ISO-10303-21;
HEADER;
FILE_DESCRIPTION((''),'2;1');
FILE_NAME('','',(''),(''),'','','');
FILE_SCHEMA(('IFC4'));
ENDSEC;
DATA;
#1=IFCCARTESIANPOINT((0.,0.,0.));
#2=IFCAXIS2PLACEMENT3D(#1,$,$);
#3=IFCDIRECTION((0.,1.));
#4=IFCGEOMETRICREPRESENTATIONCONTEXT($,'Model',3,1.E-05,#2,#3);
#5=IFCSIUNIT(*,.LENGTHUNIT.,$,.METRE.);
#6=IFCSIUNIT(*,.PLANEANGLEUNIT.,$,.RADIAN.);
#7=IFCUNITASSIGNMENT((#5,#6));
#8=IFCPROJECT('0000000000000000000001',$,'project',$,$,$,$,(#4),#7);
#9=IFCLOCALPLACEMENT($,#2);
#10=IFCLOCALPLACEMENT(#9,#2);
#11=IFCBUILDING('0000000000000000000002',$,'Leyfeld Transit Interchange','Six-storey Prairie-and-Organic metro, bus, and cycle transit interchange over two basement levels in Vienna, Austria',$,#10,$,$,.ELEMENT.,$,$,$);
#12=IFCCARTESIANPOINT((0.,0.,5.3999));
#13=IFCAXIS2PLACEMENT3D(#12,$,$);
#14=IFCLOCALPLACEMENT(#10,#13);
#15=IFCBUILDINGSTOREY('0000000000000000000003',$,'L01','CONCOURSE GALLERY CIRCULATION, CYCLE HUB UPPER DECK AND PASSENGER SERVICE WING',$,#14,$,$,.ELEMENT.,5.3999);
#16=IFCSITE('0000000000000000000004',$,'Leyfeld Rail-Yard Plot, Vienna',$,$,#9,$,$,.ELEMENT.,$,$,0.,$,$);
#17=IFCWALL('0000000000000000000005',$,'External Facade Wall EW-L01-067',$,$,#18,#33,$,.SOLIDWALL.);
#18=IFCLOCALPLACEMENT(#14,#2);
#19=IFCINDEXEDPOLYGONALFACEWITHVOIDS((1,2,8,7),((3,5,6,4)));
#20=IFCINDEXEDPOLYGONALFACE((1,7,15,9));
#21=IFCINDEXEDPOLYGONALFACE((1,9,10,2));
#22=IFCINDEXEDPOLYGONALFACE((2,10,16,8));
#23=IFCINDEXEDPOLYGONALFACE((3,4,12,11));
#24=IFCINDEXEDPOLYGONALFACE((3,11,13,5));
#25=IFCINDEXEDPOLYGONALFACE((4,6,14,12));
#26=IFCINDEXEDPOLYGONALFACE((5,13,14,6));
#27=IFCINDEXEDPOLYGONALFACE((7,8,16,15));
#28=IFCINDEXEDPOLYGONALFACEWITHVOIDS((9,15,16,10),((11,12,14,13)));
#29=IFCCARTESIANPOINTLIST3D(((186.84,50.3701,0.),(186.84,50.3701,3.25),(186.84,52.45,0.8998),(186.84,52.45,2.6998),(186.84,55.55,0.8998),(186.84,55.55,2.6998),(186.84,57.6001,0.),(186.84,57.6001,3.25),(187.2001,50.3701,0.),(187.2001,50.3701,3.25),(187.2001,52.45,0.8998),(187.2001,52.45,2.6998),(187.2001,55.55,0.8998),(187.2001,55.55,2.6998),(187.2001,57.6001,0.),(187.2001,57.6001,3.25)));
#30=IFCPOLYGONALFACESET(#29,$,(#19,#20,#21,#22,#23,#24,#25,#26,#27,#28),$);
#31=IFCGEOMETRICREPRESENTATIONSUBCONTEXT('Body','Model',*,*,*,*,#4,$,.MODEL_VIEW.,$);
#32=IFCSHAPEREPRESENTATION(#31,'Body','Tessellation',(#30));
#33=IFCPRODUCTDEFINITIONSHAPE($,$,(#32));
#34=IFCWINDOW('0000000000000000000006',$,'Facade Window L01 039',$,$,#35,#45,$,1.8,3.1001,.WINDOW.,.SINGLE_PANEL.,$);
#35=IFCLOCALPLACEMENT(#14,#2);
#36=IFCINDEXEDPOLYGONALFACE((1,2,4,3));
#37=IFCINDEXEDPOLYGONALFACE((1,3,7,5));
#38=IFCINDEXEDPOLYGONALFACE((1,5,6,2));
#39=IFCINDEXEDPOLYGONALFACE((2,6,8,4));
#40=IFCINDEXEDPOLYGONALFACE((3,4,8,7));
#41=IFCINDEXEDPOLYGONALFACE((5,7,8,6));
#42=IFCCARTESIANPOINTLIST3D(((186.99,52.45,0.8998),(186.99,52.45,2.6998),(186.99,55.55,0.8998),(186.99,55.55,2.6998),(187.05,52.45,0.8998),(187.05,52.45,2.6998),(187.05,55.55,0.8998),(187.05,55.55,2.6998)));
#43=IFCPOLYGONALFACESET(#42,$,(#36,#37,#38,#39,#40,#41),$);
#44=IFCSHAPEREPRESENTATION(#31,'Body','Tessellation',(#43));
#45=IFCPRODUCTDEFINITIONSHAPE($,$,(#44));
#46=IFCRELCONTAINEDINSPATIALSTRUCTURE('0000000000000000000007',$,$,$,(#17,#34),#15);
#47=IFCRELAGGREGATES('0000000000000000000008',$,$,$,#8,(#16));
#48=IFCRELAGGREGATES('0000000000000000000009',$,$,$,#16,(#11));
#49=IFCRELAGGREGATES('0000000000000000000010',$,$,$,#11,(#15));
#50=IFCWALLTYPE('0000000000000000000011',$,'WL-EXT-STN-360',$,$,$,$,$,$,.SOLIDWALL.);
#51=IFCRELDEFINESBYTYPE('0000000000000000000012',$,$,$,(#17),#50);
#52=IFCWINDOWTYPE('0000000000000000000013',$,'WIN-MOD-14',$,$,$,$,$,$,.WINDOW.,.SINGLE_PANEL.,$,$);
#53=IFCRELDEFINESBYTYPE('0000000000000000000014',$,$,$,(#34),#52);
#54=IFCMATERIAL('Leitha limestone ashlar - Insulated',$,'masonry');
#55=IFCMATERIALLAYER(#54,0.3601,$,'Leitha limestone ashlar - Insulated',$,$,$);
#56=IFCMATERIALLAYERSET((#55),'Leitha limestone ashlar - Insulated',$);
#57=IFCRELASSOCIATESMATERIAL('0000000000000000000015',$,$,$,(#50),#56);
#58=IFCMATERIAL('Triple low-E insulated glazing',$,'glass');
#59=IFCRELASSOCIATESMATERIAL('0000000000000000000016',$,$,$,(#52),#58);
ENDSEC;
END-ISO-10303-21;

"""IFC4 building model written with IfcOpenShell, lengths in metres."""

from ifc_helpers import new_model, si_unit, direction, frame, frame_2d, origin, place, context, subcontext, project, spatial, rectangle, extrude, material, layer, layer_set, type_object, element, fill, save


model = new_model("IFC4")

# Units and contexts
model_context = context("Model", 3, precision=1e-05, world=origin(), true_north=direction((0.0, 1.0)))
body_context = subcontext(model_context, "Body", "Model", "MODEL_VIEW")
ifc_project = project(units=[si_unit("LENGTHUNIT", "METRE"), si_unit("PLANEANGLEUNIT", "RADIAN")], contexts=[model_context])

# Site, building, storey
site_placement = place(None, origin())
site = spatial("IfcSite", under=ifc_project, at=site_placement, Name="Leyfeld Rail-Yard Plot, Vienna", CompositionType="ELEMENT", RefElevation=0.0)
building_placement = place(site_placement, origin())
building = spatial("IfcBuilding", under=site, at=building_placement, Name="Leyfeld Transit Interchange", Description="Six-storey Prairie-and-Organic metro, bus, and cycle transit interchange over two basement levels in Vienna, Austria", CompositionType="ELEMENT")
storey_placement = place(building_placement, frame((0.0, 0.0, 5.3999)))
storey = spatial("IfcBuildingStorey", under=building, at=storey_placement, Name="L01", Description="CONCOURSE GALLERY CIRCULATION, CYCLE HUB UPPER DECK AND PASSENGER SERVICE WING", CompositionType="ELEMENT", Elevation=5.3999)

# Wall, opening, window
ifc_material_1 = material(Name="Leitha limestone ashlar - Insulated", Category="masonry")
ifc_layer_1 = layer(ifc_material_1, 0.3601, Name="Leitha limestone ashlar - Insulated")
ifc_layer_set_1 = layer_set([ifc_layer_1], Name="Leitha limestone ashlar - Insulated")
wall_type = type_object("IfcWallType", Name="WL-EXT-STN-360", PredefinedType="SOLIDWALL", material=ifc_layer_set_1)
wall_placement = place(storey_placement, frame((187.02, 57.6001, 0.0), z_axis=(0.0, 0.0, 1.0), x_axis=(0.0, -1.0, 0.0)))
wall = element("IfcWall", 1, at=wall_placement, inside=storey, type_object=wall_type, Name="External Facade Wall EW-L01-067", PredefinedType="SOLIDWALL", context=body_context, shape_type="SweptSolid", body=[
    extrude(rectangle(XDim=7.23, YDim=0.3601, at=frame_2d((3.615, 0.0))), origin(), (0.0, 0.0, 1.0), 3.25),
])
opening_placement = place(wall_placement, frame((2.05, 0.0, 0.8999)))
opening = element("IfcOpeningElement", 2, at=opening_placement, cuts=wall, PredefinedType="OPENING", context=body_context, shape_type="SweptSolid", body=[
    extrude(rectangle(XDim=3.1001, YDim=1.8, at=frame_2d((1.55, 0.8999))), frame((0.0, 0.1899, 0.0), z_axis=(0.0, -1.0, 0.0), x_axis=(1.0, 0.0, 0.0)), (0.0, 0.0, 1.0), 0.3801),
])
ifc_material_2 = material(Name="Triple low-E insulated glazing", Category="glass")
window_type = type_object("IfcWindowType", Name="WIN-MOD-14", PartitioningType="SINGLE_PANEL", PredefinedType="WINDOW", material=ifc_material_2)
window_placement = place(opening_placement, origin())
window = element("IfcWindow", 3, at=window_placement, inside=storey, type_object=window_type, Name="Facade Window L01 039", OverallHeight=1.8, OverallWidth=3.1001, PartitioningType="SINGLE_PANEL", PredefinedType="WINDOW", context=body_context, shape_type="SweptSolid", body=[
    extrude(rectangle(XDim=3.1001, YDim=1.8, at=frame_2d((1.55, 0.8999))), frame((0.0, 0.03, 0.0), z_axis=(0.0, -1.0, 0.0), x_axis=(1.0, 0.0, 0.0)), (0.0, 0.0, 1.0), 0.0601),
])
fill(opening, window)

save(model, "model.ifc")
